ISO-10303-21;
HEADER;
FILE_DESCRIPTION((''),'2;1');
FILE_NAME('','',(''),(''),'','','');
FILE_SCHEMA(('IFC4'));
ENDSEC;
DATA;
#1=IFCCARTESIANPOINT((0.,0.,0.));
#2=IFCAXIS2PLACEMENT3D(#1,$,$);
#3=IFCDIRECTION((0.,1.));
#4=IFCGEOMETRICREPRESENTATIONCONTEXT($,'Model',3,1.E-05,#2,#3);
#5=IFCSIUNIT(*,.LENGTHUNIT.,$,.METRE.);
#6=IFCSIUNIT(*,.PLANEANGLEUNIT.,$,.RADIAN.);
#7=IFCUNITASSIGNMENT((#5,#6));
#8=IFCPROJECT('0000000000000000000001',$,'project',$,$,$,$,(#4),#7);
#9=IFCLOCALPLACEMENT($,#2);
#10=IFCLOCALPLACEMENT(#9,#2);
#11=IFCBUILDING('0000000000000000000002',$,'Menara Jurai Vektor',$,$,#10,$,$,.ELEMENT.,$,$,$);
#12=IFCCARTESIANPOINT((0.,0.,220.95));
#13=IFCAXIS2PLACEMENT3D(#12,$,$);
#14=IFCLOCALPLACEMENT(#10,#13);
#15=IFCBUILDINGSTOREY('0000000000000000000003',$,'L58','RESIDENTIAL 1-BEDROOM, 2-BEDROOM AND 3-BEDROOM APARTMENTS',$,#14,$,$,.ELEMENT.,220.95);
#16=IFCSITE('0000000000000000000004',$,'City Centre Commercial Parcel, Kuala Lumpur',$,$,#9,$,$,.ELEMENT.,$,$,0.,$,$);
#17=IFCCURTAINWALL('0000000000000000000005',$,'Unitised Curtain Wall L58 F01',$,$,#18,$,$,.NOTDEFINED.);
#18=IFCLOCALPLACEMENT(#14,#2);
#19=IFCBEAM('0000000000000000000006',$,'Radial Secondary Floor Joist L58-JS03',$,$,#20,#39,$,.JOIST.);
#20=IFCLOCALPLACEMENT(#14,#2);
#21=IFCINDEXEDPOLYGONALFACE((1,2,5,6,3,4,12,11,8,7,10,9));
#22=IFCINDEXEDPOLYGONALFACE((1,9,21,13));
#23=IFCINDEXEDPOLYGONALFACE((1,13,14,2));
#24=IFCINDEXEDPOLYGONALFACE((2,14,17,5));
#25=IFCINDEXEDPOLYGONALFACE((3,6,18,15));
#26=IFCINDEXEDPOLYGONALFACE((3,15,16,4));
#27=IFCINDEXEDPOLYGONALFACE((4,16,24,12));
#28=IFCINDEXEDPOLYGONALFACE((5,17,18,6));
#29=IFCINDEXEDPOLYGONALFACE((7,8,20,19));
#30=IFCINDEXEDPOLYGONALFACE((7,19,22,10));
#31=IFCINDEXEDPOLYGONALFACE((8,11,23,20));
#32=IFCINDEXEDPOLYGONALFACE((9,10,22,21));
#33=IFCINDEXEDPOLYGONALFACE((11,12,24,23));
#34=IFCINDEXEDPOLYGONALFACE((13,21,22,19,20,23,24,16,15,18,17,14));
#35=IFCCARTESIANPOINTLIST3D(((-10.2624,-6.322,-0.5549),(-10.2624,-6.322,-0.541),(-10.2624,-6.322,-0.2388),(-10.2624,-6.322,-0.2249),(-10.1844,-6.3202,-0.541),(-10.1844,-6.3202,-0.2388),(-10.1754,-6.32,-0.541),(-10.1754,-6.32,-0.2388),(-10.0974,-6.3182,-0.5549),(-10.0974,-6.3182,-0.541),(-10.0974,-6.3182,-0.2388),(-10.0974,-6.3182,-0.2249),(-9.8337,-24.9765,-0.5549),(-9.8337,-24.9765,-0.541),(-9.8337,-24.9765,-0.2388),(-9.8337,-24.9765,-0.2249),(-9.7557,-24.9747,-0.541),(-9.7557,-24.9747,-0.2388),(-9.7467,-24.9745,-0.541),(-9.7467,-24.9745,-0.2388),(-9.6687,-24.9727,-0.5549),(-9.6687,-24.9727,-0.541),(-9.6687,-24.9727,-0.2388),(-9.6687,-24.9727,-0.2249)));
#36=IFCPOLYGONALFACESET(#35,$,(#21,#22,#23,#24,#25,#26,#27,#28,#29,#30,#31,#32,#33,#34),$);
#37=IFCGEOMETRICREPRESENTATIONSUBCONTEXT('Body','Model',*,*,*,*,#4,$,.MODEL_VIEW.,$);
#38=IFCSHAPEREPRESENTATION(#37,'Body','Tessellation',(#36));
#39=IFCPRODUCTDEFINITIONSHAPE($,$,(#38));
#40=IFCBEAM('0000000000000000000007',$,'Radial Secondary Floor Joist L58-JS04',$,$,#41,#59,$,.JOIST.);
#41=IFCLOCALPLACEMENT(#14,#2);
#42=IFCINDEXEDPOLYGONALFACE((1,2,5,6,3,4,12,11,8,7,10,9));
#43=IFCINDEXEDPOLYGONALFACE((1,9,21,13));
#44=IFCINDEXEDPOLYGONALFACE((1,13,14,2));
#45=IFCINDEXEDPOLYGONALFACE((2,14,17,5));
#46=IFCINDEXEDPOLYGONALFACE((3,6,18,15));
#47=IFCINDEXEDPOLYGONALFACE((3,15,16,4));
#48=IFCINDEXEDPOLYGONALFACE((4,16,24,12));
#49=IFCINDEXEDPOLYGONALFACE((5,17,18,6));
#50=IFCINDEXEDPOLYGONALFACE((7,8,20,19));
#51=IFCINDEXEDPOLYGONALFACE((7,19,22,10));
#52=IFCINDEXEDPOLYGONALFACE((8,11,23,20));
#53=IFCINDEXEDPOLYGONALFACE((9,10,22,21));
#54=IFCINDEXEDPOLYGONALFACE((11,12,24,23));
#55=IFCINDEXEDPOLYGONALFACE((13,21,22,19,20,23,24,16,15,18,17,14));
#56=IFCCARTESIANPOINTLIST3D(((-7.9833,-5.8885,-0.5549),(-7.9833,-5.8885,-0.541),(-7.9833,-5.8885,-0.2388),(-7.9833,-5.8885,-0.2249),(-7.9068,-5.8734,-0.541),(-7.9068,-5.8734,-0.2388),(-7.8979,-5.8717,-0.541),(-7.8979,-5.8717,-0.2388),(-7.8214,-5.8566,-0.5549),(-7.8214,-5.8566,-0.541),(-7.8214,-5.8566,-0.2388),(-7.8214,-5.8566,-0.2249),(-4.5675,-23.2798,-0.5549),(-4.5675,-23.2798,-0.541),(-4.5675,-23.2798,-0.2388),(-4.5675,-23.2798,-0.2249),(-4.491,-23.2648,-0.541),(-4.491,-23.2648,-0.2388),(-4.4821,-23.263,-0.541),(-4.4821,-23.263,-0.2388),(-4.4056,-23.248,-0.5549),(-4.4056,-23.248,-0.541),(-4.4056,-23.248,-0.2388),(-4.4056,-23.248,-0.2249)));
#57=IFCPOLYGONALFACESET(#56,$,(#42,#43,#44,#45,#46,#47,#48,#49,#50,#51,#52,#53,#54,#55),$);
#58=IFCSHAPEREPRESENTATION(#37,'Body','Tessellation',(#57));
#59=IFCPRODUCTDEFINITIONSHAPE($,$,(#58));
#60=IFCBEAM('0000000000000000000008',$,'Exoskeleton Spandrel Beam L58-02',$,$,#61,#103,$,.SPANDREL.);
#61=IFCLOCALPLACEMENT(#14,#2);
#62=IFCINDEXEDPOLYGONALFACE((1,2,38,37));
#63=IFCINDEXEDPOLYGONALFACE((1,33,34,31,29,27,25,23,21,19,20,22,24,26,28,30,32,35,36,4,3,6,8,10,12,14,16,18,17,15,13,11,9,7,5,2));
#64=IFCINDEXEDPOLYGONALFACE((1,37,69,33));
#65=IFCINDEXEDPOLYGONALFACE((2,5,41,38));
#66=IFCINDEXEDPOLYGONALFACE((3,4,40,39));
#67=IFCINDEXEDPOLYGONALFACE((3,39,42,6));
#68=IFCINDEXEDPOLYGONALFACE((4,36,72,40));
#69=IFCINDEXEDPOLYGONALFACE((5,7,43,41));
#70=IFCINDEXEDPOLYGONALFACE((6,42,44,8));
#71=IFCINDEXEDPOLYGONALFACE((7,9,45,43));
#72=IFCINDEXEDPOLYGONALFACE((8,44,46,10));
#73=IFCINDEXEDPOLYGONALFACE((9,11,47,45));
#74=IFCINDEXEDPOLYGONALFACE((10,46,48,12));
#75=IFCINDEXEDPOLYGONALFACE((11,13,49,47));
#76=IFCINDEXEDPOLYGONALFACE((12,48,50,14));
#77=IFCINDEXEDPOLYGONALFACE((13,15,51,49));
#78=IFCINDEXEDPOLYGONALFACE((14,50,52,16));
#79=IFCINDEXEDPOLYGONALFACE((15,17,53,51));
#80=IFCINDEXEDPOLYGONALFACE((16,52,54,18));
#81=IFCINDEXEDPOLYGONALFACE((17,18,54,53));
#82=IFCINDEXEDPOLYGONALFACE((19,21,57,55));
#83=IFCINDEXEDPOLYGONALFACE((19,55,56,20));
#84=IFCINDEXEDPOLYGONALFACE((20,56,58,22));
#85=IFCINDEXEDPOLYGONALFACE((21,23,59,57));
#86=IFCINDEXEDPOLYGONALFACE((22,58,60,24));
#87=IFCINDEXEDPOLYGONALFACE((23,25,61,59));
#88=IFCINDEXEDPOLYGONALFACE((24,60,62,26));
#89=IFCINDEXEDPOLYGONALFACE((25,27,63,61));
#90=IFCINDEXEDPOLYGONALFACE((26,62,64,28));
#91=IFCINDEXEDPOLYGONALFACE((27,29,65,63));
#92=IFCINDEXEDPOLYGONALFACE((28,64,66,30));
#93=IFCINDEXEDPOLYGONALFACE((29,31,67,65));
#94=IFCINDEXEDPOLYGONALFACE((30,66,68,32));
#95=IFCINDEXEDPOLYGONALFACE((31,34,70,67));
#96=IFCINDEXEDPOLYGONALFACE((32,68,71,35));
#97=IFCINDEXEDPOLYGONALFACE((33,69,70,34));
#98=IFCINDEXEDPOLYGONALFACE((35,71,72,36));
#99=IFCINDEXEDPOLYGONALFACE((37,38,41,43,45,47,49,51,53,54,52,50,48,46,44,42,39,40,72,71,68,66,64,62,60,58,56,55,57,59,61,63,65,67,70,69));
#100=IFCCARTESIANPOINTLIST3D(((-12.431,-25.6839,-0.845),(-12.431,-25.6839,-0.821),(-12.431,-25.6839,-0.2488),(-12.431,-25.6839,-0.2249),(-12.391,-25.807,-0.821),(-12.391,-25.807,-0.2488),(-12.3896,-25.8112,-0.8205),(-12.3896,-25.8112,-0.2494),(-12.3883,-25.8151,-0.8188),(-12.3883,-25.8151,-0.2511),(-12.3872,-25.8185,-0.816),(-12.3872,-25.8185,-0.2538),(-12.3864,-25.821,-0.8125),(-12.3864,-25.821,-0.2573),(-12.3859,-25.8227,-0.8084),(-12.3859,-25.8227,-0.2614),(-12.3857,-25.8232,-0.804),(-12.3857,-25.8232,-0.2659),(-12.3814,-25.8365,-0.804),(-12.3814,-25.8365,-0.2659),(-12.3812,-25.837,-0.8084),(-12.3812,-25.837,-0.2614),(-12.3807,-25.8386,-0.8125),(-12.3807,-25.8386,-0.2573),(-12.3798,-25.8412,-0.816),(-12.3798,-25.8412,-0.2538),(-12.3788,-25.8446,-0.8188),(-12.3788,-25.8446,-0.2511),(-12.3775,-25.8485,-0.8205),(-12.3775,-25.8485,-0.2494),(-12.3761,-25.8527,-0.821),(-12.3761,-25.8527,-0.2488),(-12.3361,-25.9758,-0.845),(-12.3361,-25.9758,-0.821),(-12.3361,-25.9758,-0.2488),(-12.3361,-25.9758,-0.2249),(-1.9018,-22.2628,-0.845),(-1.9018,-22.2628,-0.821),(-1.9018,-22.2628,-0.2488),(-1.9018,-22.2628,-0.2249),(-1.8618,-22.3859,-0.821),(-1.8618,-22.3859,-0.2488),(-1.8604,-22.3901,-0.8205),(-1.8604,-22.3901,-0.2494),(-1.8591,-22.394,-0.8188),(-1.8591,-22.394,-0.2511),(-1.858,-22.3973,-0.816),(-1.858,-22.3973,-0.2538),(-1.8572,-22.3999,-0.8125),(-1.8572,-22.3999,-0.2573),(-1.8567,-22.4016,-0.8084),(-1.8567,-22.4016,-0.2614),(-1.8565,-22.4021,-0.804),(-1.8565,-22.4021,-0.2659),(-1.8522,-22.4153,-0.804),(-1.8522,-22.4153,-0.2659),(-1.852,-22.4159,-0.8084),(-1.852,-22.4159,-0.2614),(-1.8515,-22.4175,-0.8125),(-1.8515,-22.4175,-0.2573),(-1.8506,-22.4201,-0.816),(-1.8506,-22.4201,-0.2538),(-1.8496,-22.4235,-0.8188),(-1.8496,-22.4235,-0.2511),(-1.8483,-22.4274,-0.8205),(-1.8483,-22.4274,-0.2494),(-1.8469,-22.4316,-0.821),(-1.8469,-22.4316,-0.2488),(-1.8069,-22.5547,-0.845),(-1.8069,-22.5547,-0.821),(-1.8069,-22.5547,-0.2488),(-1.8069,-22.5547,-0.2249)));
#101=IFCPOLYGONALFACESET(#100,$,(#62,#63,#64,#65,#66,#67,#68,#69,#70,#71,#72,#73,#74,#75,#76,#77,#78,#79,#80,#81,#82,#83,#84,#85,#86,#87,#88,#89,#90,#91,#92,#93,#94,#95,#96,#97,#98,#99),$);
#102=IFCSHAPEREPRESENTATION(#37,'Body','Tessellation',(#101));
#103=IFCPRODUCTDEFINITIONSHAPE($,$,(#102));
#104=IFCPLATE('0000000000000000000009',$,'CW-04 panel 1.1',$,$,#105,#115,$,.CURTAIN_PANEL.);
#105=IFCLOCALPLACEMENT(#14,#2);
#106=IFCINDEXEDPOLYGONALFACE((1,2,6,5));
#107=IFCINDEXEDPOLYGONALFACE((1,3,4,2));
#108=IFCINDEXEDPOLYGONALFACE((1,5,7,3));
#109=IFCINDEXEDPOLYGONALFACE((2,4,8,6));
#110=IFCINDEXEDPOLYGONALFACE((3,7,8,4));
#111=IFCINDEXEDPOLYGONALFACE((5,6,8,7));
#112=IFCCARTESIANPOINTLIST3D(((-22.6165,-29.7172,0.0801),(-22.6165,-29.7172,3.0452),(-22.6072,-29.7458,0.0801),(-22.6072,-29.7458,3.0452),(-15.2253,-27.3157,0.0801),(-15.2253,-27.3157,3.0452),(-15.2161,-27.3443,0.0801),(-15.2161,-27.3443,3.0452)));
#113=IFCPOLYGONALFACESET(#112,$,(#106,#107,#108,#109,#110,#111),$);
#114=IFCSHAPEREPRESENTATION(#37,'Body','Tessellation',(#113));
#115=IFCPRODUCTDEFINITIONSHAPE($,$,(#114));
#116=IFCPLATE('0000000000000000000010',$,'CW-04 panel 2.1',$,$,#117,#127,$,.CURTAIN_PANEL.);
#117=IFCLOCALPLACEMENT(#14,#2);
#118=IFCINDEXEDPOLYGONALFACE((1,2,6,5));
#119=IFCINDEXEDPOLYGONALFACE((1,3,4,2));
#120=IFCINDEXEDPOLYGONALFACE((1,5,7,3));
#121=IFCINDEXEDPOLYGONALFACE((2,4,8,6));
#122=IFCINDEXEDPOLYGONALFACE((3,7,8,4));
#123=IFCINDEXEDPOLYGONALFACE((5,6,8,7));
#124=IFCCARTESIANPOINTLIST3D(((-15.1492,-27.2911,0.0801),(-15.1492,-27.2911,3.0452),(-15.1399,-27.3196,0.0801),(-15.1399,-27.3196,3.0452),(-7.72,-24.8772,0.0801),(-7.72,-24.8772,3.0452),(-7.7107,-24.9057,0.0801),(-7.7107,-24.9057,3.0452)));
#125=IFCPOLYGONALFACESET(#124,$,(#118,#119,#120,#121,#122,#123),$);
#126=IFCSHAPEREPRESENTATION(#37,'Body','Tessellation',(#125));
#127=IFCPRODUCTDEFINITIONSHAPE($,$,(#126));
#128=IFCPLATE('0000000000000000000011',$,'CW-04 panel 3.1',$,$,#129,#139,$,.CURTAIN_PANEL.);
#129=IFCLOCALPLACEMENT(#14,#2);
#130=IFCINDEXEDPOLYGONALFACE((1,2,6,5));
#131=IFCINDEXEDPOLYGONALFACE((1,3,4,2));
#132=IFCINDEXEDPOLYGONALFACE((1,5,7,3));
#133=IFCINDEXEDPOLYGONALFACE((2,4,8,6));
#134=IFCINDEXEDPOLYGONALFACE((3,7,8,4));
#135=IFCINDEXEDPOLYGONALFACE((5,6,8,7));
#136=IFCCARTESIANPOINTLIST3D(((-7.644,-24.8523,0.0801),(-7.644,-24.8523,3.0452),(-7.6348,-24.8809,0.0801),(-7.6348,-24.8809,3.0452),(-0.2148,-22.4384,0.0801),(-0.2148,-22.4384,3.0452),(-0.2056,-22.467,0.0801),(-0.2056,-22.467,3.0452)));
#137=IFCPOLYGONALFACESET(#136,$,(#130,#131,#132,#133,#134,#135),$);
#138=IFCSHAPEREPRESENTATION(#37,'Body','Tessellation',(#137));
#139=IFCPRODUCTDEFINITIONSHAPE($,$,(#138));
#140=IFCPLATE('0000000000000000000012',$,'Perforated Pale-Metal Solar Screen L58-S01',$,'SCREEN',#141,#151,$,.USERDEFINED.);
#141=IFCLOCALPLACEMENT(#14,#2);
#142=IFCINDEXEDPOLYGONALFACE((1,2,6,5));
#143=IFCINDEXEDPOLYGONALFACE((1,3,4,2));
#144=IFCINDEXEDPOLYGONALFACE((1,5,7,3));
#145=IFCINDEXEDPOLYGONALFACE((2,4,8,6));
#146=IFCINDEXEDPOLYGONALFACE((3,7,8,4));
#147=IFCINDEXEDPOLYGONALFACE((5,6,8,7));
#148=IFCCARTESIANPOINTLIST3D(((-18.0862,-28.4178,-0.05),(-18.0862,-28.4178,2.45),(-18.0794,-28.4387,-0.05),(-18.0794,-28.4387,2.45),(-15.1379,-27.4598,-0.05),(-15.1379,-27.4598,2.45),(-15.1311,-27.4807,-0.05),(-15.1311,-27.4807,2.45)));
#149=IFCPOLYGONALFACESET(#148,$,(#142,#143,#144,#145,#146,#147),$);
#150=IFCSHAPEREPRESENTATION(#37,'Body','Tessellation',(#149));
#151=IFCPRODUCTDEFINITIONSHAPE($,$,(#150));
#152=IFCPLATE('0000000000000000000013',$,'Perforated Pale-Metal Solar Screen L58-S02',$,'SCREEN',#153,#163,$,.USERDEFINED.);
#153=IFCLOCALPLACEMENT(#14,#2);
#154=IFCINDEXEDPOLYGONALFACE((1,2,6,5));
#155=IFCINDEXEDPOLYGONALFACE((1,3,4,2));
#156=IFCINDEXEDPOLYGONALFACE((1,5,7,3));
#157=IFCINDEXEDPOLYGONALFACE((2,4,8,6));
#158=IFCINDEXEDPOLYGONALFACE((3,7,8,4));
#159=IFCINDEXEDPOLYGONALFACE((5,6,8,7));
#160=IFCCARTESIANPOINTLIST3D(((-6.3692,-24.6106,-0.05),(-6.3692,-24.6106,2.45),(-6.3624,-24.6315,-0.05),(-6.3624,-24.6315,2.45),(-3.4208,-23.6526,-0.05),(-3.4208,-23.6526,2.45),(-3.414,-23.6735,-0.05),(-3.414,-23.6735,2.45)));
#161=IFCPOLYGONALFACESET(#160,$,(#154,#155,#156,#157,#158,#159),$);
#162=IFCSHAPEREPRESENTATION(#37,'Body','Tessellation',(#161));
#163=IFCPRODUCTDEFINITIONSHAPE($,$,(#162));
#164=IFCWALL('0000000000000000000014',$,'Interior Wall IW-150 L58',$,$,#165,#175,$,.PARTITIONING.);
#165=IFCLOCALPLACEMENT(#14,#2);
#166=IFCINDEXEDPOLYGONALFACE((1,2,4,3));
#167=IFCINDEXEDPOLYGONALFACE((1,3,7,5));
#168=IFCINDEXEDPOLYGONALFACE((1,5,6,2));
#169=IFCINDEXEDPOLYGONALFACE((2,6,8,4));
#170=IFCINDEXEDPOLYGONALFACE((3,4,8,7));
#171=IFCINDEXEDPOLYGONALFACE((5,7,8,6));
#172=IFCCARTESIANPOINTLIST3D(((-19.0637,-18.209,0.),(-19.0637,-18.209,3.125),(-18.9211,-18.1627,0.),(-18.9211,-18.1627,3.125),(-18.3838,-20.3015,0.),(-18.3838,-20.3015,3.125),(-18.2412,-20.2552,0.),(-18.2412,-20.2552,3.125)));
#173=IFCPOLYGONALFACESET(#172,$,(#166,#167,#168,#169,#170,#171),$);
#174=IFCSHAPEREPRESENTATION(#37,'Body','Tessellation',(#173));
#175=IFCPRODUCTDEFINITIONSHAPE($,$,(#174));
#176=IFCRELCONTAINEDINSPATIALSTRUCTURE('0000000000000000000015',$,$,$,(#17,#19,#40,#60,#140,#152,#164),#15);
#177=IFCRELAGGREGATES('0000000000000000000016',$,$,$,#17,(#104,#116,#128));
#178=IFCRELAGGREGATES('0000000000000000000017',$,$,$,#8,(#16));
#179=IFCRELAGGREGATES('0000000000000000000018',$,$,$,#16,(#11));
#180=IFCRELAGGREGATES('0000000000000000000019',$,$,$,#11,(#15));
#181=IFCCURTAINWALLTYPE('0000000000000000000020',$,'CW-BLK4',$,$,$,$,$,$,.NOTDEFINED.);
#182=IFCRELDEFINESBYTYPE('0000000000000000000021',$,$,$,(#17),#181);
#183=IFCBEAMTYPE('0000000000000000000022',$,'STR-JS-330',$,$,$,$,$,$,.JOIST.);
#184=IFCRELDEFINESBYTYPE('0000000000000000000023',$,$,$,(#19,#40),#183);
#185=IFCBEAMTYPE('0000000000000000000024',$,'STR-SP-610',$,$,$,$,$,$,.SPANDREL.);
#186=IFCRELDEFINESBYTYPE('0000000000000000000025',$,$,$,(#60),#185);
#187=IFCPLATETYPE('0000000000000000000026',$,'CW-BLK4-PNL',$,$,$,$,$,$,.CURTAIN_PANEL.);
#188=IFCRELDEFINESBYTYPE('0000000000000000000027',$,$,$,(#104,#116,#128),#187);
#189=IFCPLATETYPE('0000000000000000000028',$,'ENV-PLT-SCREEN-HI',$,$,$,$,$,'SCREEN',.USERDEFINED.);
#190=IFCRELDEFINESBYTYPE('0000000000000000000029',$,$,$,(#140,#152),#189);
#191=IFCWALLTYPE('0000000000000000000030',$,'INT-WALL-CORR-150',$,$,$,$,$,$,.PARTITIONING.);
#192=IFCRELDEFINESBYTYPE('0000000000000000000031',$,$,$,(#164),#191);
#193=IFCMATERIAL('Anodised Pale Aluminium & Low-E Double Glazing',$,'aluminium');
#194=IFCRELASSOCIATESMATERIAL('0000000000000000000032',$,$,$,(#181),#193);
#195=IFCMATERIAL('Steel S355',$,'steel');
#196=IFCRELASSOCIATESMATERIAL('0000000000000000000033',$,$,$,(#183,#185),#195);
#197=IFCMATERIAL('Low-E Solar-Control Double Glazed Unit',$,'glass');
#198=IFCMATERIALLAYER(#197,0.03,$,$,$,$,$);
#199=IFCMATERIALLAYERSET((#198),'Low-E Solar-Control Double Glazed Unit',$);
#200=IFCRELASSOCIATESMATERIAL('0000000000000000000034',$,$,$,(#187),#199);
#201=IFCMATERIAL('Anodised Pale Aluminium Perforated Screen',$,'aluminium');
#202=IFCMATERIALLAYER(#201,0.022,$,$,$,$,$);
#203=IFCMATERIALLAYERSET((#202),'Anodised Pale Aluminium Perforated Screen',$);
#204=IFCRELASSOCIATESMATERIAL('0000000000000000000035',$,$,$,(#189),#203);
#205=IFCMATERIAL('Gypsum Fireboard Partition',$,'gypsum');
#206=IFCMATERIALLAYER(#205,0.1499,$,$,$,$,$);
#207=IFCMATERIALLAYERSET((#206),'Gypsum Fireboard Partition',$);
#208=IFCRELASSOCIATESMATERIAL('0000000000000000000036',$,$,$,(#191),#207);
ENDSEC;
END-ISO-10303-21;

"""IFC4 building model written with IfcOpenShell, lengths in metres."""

from ifc_helpers import new_model, si_unit, direction, frame, frame_2d, origin, origin_2d, place, context, subcontext, project, spatial, rectangle, i_section, extrude, material, layer, layer_set, material_profile, profile_set, type_object, element, aggregate, save


model = new_model("IFC4")

# Units and contexts
model_context = context("Model", 3, precision=1e-05, world=origin(), true_north=direction((0.0, 1.0)))
body_context = subcontext(model_context, "Body", "Model", "MODEL_VIEW")
ifc_project = project(units=[si_unit("LENGTHUNIT", "METRE"), si_unit("PLANEANGLEUNIT", "RADIAN")], contexts=[model_context])

# Site, building, storey
site_placement = place(None, origin())
site = spatial("IfcSite", under=ifc_project, at=site_placement, Name="City Centre Commercial Parcel, Kuala Lumpur", CompositionType="ELEMENT", RefElevation=0.0)
building_placement = place(site_placement, origin())
building = spatial("IfcBuilding", under=site, at=building_placement, Name="Menara Jurai Vektor", CompositionType="ELEMENT")
storey_placement = place(building_placement, frame((0.0, 0.0, 220.95)))
storey = spatial("IfcBuildingStorey", under=building, at=storey_placement, Name="L58", Description="RESIDENTIAL 1-BEDROOM, 2-BEDROOM AND 3-BEDROOM APARTMENTS", CompositionType="ELEMENT", Elevation=220.95)

# Curtain wall
ifc_material_1 = material(Name="Anodised Pale Aluminium & Low-E Double Glazing", Category="aluminium")
curtain_wall_type = type_object("IfcCurtainWallType", Name="CW-BLK4", PredefinedType="NOTDEFINED", material=ifc_material_1)
curtain_wall_placement = place(storey_placement, origin())
curtain_wall = element("IfcCurtainWall", 1, at=curtain_wall_placement, inside=storey, type_object=curtain_wall_type, Name="Unitised Curtain Wall L58 F01", PredefinedType="NOTDEFINED")

# Beams
ifc_material_2 = material(Name="Steel S355", Category="steel")
ifc_material_profile_1 = material_profile(ifc_material_2, i_section(OverallWidth=0.165, OverallDepth=0.3301, WebThickness=0.009, FlangeThickness=0.0139, at=origin_2d()), Name="PG 330x165x46")
ifc_profile_set_1 = profile_set([ifc_material_profile_1], Name="Steel S355")
beam_type_1 = type_object("IfcBeamType", Name="STR-JS-330", PredefinedType="JOIST", material=ifc_profile_set_1)
beam_1_placement = place(storey_placement, frame((-9.7512, -24.9746, -0.3899), z_axis=(-0.022976, 0.999736, 0.0), x_axis=(-0.999736, -0.022976, 0.0)))
element("IfcBeam", 2, at=beam_1_placement, inside=storey, type_object=beam_type_1, Name="Radial Secondary Floor Joist L58-JS03", PredefinedType="JOIST", context=body_context, shape_type="SweptSolid", body=[
    extrude(i_section(OverallWidth=0.165, OverallDepth=0.3301, WebThickness=0.009, FlangeThickness=0.0139, at=origin_2d()), origin(), (0.0, 0.0, 1.0), 18.6594),
])
beam_2_placement = place(storey_placement, frame((-4.4866, -23.2639, -0.3899), z_axis=(-0.192724, 0.981253, 0.0), x_axis=(-0.981253, -0.192724, 0.0)))
element("IfcBeam", 3, at=beam_2_placement, inside=storey, type_object=beam_type_1, Name="Radial Secondary Floor Joist L58-JS04", PredefinedType="JOIST", context=body_context, shape_type="SweptSolid", body=[
    extrude(i_section(OverallWidth=0.165, OverallDepth=0.3301, WebThickness=0.009, FlangeThickness=0.0139, at=origin_2d()), origin(), (0.0, 0.0, 1.0), 17.7236),
])
ifc_material_profile_2 = material_profile(ifc_material_2, i_section(OverallWidth=0.3069, OverallDepth=0.6201, WebThickness=0.0139, FlangeThickness=0.0239, FilletRadius=0.0171, at=origin_2d()), Name="UKB 610x305x179")
ifc_profile_set_2 = profile_set([ifc_material_profile_2], Name="Steel S355")
beam_type_2 = type_object("IfcBeamType", Name="STR-SP-610", PredefinedType="SPANDREL", material=ifc_profile_set_2)
beam_3_placement = place(storey_placement, frame((-12.3835, -25.8298, -0.5349), z_axis=(0.951057, 0.309014, 0.0), x_axis=(-0.309014, 0.951057, 0.0)))
element("IfcBeam", 4, at=beam_3_placement, inside=storey, type_object=beam_type_2, Name="Exoskeleton Spandrel Beam L58-02", PredefinedType="SPANDREL", context=body_context, shape_type="SweptSolid", body=[
    extrude(i_section(OverallWidth=0.3069, OverallDepth=0.6201, WebThickness=0.0139, FlangeThickness=0.0239, FilletRadius=0.0171, at=origin_2d()), origin(), (0.0, 0.0, 1.0), 11.071),
])

# Plates
ifc_material_3 = material(Name="Low-E Solar-Control Double Glazed Unit", Category="glass")
ifc_layer_1 = layer(ifc_material_3, 0.03)
ifc_layer_set_1 = layer_set([ifc_layer_1], Name="Low-E Solar-Control Double Glazed Unit")
plate_type_1 = type_object("IfcPlateType", Name="CW-BLK4-PNL", PredefinedType="CURTAIN_PANEL", material=ifc_layer_set_1)
plate_1_placement = place(storey_placement, frame((-18.9163, -28.5308, 0.0801), z_axis=(0.0, 0.0, 1.0), x_axis=(0.951056, 0.309017, 0.0)))
plate_1 = element("IfcPlate", 5, at=plate_1_placement, type_object=plate_type_1, Name="CW-04 panel 1.1", PredefinedType="CURTAIN_PANEL", context=body_context, shape_type="SweptSolid", body=[
    extrude(rectangle(XDim=7.7715, YDim=0.03, at=origin_2d()), origin(), (0.0, 0.0, 1.0), 2.9651),
])
plate_2_placement = place(storey_placement, frame((-11.4299, -26.0984, 0.0801), z_axis=(0.0, 0.0, 1.0), x_axis=(0.951056, 0.309017, 0.0)))
plate_2 = element("IfcPlate", 6, at=plate_2_placement, type_object=plate_type_1, Name="CW-04 panel 2.1", PredefinedType="CURTAIN_PANEL", context=body_context, shape_type="SweptSolid", body=[
    extrude(rectangle(XDim=7.8115, YDim=0.03, at=origin_2d()), origin(), (0.0, 0.0, 1.0), 2.9651),
])
plate_3_placement = place(storey_placement, frame((-3.9248, -23.6597, 0.0801), z_axis=(0.0, 0.0, 1.0), x_axis=(0.951056, 0.309017, 0.0)))
plate_3 = element("IfcPlate", 7, at=plate_3_placement, type_object=plate_type_1, Name="CW-04 panel 3.1", PredefinedType="CURTAIN_PANEL", context=body_context, shape_type="SweptSolid", body=[
    extrude(rectangle(XDim=7.8115, YDim=0.03, at=origin_2d()), origin(), (0.0, 0.0, 1.0), 2.9651),
])
aggregate(curtain_wall, [plate_1, plate_2, plate_3])

# Plates
ifc_material_4 = material(Name="Anodised Pale Aluminium Perforated Screen", Category="aluminium")
ifc_layer_2 = layer(ifc_material_4, 0.022)
ifc_layer_set_2 = layer_set([ifc_layer_2], Name="Anodised Pale Aluminium Perforated Screen")
plate_type_2 = type_object("IfcPlateType", Name="ENV-PLT-SCREEN-HI", ElementType="SCREEN", PredefinedType="USERDEFINED", material=ifc_layer_set_2)
for number, where, z_axis, x_axis, name in (
    (8, (-16.6086, -27.9492, -0.05), (0.0, 0.0, 1.0), (0.951057, 0.309017, 0.0), "Perforated Pale-Metal Solar Screen L58-S01"),
    (9, (-4.8916, -24.1421, -0.05), (0.0, 0.0, 1.0), (0.951057, 0.309017, 0.0), "Perforated Pale-Metal Solar Screen L58-S02"),
):
    element("IfcPlate", number, at=place(storey_placement, frame(where, z_axis=z_axis, x_axis=x_axis)), inside=storey, type_object=plate_type_2, Name=name, ObjectType="SCREEN", PredefinedType="USERDEFINED", context=body_context, shape_type="SweptSolid", body=[
        extrude(rectangle(XDim=3.1001, YDim=0.022, at=origin_2d()), origin(), (0.0, 0.0, 1.0), 2.5),
    ])

# Wall
ifc_material_5 = material(Name="Gypsum Fireboard Partition", Category="gypsum")
ifc_layer_3 = layer(ifc_material_5, 0.1499)
ifc_layer_set_3 = layer_set([ifc_layer_3], Name="Gypsum Fireboard Partition")
wall_type = type_object("IfcWallType", Name="INT-WALL-CORR-150", PredefinedType="PARTITIONING", material=ifc_layer_set_3)
wall_1_placement = place(storey_placement, frame((-18.3125, -20.2783, 0.0), z_axis=(0.0, 0.0, 1.0), x_axis=(-0.309028, 0.951053, 0.0)))
element("IfcWall", 10, at=wall_1_placement, inside=storey, type_object=wall_type, Name="Interior Wall IW-150 L58", PredefinedType="PARTITIONING", context=body_context, shape_type="SweptSolid", body=[
    extrude(rectangle(XDim=2.2002, YDim=0.1499, at=frame_2d((1.1001, 0.0))), origin(), (0.0, 0.0, 1.0), 3.125),
])

save(model, "model.ifc")
